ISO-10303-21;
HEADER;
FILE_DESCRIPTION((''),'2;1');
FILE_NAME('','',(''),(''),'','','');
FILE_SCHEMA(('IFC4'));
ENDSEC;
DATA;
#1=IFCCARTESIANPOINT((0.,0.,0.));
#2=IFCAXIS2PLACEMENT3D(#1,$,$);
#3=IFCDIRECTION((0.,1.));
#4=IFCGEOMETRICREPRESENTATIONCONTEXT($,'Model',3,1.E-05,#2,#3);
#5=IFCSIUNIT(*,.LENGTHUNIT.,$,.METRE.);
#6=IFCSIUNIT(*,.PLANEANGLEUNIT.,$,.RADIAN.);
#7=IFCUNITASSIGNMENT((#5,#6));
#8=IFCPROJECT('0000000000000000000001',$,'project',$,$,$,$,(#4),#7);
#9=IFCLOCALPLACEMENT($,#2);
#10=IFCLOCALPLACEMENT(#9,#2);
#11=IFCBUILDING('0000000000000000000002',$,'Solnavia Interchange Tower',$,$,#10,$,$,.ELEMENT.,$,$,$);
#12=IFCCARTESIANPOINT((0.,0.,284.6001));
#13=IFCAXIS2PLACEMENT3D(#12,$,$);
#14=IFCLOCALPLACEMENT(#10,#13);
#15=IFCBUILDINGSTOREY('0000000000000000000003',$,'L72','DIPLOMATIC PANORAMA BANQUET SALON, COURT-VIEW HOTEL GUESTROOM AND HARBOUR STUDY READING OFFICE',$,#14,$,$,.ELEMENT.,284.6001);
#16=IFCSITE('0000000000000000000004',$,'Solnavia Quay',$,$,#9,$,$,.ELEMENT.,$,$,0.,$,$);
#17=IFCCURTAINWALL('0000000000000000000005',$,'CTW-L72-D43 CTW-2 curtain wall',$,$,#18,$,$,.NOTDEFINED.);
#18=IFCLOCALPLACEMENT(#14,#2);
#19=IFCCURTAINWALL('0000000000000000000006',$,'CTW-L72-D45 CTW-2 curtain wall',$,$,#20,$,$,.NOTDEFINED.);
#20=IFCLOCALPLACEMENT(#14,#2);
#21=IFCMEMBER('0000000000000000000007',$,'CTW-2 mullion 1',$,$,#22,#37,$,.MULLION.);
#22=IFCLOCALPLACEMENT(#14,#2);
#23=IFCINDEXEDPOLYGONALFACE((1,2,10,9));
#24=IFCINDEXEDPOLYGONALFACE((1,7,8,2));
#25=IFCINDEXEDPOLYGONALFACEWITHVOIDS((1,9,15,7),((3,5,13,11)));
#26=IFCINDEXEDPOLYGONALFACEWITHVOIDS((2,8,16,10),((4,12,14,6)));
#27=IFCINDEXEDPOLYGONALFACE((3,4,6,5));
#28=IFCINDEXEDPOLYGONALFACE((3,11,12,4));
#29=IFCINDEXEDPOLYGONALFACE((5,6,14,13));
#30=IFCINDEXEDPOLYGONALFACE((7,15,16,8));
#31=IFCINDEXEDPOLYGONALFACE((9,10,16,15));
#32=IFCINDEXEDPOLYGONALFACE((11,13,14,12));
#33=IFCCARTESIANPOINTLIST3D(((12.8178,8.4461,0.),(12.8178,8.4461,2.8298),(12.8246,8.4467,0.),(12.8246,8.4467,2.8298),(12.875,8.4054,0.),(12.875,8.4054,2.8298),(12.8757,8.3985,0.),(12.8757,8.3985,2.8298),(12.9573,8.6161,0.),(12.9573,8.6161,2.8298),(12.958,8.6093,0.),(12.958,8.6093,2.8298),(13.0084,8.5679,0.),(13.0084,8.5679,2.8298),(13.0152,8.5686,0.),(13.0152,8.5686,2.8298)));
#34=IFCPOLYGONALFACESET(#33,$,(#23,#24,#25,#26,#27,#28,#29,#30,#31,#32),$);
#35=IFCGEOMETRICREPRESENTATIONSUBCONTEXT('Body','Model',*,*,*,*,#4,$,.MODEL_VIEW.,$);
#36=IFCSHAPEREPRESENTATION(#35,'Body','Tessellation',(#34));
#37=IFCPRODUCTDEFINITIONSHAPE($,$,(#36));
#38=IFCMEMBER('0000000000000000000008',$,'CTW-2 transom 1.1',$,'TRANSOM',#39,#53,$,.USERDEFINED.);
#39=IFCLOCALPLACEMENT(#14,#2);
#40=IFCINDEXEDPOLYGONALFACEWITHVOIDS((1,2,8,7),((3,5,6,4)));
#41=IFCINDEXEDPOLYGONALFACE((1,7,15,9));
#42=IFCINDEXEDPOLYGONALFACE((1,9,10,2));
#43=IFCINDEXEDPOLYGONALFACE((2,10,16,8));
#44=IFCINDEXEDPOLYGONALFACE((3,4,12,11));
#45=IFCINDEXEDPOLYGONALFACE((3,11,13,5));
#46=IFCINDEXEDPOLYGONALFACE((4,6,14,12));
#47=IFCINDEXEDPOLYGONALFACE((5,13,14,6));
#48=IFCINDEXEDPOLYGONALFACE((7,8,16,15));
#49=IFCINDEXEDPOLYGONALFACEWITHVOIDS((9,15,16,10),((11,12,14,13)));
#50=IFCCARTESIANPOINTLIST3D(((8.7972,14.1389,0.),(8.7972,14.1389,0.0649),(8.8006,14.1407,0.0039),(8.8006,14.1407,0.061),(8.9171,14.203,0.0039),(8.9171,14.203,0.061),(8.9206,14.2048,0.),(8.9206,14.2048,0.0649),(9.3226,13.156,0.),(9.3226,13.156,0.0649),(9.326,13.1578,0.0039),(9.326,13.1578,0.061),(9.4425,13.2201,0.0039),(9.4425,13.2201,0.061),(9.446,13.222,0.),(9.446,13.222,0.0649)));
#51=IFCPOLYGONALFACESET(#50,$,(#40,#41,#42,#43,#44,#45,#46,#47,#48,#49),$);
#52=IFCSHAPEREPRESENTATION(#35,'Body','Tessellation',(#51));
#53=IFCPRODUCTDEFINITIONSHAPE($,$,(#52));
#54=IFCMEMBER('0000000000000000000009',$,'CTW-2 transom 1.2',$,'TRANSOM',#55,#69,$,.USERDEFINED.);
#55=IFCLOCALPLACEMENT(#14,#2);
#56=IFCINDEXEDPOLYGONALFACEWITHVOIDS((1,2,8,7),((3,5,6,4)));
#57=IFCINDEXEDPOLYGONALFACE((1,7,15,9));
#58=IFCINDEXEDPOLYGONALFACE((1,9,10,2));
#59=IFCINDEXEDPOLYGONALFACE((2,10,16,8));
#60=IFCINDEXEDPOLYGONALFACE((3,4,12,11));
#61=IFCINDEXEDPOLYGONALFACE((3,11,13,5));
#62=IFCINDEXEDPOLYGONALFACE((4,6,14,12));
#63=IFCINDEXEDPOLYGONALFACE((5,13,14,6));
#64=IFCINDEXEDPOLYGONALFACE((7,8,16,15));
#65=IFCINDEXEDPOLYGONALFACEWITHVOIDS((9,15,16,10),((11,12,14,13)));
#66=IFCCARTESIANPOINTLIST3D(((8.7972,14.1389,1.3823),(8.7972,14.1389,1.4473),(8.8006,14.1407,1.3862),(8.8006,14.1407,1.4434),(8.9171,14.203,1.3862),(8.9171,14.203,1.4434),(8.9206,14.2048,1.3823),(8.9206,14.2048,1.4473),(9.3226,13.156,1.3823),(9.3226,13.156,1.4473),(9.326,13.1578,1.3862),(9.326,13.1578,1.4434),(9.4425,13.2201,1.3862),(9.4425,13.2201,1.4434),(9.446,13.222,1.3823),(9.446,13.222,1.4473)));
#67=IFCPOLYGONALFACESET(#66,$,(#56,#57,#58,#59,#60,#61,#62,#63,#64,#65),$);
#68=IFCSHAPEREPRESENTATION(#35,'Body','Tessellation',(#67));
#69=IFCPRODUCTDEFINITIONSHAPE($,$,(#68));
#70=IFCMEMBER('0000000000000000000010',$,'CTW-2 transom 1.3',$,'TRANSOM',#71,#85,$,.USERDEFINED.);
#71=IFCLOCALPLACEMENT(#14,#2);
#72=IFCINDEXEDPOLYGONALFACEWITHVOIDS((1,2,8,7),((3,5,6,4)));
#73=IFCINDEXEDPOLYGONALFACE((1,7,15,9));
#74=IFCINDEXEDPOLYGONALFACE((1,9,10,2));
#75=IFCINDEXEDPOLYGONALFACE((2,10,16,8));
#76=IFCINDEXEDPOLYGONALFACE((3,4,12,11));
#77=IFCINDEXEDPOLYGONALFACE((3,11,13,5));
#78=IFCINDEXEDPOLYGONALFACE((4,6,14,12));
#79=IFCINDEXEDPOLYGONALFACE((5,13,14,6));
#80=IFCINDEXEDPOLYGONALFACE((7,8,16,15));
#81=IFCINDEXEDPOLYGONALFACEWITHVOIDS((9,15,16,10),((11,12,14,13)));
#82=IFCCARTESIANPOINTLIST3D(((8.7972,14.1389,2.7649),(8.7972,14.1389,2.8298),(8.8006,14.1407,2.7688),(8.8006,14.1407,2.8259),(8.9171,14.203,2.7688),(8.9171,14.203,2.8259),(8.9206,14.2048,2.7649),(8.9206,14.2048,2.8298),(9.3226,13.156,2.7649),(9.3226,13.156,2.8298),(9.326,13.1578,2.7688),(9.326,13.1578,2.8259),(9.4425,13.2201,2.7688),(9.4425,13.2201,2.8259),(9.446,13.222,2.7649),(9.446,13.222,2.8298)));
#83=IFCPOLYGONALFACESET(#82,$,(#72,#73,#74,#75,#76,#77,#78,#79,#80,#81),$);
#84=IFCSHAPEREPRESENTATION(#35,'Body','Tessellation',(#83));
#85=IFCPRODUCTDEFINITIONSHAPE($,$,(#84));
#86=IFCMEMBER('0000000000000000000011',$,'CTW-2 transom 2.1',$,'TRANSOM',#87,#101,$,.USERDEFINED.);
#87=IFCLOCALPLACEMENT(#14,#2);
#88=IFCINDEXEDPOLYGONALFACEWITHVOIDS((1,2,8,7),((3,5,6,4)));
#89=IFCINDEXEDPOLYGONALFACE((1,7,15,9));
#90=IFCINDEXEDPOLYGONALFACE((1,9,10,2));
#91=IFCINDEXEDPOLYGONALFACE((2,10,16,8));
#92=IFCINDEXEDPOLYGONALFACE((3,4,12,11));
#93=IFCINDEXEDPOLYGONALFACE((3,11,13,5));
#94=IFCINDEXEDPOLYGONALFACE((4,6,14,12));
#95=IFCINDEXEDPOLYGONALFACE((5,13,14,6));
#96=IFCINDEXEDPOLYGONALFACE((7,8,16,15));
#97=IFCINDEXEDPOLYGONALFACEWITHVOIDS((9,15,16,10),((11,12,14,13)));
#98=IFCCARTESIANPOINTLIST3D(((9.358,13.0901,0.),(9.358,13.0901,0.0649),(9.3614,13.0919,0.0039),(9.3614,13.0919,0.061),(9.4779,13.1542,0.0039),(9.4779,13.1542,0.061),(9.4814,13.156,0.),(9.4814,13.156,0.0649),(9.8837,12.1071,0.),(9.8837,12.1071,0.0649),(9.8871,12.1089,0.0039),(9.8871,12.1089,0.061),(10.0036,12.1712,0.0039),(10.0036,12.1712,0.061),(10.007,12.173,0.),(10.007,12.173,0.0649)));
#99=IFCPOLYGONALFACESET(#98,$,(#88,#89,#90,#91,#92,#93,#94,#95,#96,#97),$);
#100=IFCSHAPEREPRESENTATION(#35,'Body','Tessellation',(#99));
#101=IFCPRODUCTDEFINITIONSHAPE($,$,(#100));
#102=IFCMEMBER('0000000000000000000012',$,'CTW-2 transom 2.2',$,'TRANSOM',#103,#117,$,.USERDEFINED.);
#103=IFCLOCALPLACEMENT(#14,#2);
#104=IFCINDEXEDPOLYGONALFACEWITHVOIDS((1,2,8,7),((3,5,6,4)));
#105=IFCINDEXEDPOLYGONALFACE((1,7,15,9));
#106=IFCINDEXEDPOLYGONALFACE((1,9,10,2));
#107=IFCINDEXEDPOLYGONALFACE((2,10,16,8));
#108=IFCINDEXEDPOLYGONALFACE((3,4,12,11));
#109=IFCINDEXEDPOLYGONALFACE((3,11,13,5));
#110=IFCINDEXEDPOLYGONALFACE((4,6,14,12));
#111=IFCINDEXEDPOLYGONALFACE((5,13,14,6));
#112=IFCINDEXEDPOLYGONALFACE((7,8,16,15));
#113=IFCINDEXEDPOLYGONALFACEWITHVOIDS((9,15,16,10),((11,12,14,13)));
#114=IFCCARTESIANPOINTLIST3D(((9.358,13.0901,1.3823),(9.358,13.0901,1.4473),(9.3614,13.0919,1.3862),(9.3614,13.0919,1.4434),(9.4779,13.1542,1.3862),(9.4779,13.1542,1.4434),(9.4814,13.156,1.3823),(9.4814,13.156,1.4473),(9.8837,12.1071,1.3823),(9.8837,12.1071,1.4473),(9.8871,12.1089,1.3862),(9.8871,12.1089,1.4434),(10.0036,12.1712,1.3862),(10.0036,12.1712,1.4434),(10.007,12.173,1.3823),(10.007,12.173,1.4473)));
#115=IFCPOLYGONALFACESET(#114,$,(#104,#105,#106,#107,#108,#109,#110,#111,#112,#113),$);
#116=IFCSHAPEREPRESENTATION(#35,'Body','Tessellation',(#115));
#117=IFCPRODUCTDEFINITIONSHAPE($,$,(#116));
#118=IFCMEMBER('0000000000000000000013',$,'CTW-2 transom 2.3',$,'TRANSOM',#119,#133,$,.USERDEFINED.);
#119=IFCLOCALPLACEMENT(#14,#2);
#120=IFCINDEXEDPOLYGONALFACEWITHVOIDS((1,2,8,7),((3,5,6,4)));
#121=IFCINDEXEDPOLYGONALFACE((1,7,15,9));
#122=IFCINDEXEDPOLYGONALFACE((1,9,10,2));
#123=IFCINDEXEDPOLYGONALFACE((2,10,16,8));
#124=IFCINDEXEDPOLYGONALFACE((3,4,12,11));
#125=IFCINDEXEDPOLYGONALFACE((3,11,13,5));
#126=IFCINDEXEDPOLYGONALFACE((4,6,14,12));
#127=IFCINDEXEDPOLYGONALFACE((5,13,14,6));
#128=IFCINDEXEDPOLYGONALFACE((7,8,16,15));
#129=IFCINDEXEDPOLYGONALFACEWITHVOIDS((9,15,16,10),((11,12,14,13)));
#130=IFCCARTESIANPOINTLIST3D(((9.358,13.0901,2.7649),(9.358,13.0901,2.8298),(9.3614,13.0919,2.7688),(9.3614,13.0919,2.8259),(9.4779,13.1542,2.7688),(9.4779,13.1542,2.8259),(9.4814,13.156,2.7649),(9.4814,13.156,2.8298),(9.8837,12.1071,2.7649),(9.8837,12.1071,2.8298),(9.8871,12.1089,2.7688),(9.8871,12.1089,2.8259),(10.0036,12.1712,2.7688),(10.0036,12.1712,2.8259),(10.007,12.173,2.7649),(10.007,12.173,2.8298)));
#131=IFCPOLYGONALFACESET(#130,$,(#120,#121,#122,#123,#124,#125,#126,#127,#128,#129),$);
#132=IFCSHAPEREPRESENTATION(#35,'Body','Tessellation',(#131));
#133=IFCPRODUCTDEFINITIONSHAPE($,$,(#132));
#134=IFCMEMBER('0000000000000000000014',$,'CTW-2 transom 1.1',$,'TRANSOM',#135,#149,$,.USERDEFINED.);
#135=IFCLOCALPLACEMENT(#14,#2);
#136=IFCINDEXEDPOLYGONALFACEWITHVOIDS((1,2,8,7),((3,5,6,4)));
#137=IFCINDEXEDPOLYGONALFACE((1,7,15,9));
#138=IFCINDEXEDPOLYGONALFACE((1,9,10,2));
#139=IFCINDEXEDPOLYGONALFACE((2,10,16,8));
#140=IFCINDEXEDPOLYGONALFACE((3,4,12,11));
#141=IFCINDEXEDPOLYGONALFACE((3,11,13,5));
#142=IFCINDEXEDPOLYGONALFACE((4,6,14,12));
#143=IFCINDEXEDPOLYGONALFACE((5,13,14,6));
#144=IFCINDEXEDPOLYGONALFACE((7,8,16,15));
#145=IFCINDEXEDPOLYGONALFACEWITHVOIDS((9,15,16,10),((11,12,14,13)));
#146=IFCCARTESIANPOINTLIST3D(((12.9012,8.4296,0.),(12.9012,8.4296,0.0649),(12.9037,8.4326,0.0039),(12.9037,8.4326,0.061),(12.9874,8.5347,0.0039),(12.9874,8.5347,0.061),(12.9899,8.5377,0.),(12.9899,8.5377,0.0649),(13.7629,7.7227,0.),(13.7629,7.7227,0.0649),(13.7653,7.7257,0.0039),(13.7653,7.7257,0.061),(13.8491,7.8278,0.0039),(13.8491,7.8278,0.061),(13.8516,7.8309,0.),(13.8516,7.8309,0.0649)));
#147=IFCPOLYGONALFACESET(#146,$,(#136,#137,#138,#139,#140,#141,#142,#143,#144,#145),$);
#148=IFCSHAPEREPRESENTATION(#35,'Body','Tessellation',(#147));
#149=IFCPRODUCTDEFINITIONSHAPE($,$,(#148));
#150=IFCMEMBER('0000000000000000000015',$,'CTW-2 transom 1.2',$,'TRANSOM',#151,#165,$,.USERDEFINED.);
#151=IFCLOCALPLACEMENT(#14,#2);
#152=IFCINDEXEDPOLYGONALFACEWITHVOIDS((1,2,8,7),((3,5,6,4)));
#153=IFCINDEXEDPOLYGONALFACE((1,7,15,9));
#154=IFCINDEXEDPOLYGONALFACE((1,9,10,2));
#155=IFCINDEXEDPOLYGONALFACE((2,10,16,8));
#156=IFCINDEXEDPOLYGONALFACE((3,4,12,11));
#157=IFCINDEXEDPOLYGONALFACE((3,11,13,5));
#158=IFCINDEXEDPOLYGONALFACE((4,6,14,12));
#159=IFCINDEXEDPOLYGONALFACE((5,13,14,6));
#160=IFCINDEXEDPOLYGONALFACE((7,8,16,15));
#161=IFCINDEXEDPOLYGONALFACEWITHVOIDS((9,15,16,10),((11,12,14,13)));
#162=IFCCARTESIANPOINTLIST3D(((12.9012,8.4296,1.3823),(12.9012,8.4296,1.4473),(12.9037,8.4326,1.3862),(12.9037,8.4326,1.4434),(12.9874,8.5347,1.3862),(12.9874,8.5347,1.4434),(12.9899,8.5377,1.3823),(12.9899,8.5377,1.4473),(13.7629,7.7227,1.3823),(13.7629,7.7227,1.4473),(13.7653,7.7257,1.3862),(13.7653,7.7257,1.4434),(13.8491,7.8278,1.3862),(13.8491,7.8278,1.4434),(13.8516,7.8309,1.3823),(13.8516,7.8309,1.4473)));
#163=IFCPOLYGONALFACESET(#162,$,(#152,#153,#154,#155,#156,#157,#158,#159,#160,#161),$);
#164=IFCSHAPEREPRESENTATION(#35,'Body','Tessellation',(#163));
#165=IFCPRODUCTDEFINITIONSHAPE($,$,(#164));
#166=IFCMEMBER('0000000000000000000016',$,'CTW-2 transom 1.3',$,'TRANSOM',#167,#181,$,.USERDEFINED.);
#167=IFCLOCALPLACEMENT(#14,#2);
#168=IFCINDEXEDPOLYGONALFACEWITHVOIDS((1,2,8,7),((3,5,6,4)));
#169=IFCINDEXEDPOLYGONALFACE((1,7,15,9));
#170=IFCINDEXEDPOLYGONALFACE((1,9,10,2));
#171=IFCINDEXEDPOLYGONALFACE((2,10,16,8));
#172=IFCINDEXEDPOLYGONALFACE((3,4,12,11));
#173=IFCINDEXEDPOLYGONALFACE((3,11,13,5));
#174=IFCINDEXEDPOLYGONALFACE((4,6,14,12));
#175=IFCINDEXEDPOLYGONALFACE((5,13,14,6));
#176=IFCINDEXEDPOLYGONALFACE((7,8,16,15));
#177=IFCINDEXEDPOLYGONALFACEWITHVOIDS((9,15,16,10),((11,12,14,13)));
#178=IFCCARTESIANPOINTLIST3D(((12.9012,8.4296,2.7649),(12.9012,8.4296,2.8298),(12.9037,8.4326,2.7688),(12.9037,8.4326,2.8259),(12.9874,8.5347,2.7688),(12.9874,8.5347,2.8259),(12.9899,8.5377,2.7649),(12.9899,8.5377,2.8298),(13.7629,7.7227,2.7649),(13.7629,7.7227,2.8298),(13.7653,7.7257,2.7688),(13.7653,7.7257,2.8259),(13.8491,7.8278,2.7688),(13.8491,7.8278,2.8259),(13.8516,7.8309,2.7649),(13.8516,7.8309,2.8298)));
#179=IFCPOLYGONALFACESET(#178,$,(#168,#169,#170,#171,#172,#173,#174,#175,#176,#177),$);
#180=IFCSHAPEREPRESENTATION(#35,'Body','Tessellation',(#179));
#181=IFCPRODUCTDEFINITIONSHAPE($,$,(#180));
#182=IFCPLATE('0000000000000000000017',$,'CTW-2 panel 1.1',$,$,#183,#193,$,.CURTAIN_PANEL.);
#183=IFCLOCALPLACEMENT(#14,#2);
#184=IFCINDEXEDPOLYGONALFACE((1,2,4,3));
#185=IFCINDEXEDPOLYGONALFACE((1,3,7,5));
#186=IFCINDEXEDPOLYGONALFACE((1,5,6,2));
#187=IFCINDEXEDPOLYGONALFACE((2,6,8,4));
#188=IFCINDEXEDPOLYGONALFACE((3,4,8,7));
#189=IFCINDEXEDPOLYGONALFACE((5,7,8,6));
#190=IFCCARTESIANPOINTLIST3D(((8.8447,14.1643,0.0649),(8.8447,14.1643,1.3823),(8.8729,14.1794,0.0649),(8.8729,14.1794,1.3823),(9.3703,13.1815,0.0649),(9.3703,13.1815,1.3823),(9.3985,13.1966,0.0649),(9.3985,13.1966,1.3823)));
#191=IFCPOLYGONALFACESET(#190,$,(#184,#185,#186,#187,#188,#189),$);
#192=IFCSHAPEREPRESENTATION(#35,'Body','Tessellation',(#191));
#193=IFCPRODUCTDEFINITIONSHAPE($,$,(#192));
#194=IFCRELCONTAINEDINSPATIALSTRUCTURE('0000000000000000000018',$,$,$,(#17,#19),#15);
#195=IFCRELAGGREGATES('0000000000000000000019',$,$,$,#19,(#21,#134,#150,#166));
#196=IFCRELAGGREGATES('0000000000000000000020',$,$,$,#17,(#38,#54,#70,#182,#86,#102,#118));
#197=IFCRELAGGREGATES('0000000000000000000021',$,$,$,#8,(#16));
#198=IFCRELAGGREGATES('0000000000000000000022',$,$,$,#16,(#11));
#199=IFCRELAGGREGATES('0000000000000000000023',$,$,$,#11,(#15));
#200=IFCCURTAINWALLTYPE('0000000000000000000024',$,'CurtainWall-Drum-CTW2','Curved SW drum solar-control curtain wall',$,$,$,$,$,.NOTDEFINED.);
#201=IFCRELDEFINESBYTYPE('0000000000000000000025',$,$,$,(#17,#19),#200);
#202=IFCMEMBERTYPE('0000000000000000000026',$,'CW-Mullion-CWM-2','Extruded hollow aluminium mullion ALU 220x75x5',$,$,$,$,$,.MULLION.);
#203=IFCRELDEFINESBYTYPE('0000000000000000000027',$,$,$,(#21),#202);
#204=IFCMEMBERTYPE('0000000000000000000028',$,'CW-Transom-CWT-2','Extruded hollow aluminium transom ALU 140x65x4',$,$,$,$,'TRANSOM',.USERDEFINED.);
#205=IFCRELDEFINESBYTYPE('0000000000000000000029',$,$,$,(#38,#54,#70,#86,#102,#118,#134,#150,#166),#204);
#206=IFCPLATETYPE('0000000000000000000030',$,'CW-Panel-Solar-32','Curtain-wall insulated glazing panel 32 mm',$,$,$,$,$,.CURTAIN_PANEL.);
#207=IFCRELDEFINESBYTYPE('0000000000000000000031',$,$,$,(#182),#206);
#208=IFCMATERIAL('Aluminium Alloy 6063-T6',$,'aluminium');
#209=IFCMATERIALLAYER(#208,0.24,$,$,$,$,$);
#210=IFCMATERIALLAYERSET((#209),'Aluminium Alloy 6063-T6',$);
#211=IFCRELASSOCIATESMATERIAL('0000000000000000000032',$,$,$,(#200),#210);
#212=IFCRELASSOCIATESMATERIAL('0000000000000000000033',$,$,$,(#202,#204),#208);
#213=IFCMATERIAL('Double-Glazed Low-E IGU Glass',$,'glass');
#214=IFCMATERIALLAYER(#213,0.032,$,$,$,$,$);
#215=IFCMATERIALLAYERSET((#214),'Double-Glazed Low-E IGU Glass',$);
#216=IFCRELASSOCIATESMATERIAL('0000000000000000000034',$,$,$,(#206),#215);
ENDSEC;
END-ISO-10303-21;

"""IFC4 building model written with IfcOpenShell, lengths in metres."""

from ifc_helpers import new_model, si_unit, direction, frame, origin, origin_2d, place, context, subcontext, project, spatial, rectangle, hollow_rectangle, extrude, material, layer, layer_set, material_profile, profile_set, type_object, element, aggregate, save


model = new_model("IFC4")

# Units and contexts
model_context = context("Model", 3, precision=1e-05, world=origin(), true_north=direction((0.0, 1.0)))
body_context = subcontext(model_context, "Body", "Model", "MODEL_VIEW")
ifc_project = project(units=[si_unit("LENGTHUNIT", "METRE"), si_unit("PLANEANGLEUNIT", "RADIAN")], contexts=[model_context])

# Site, building, storey
site_placement = place(None, origin())
site = spatial("IfcSite", under=ifc_project, at=site_placement, Name="Solnavia Quay", CompositionType="ELEMENT", RefElevation=0.0)
building_placement = place(site_placement, origin())
building = spatial("IfcBuilding", under=site, at=building_placement, Name="Solnavia Interchange Tower", CompositionType="ELEMENT")
storey_placement = place(building_placement, frame((0.0, 0.0, 284.6001)))
storey = spatial("IfcBuildingStorey", under=building, at=storey_placement, Name="L72", Description="DIPLOMATIC PANORAMA BANQUET SALON, COURT-VIEW HOTEL GUESTROOM AND HARBOUR STUDY READING OFFICE", CompositionType="ELEMENT", Elevation=284.6001)

# Curtain wall
ifc_material_1 = material(Name="Aluminium Alloy 6063-T6", Category="aluminium")
ifc_layer_1 = layer(ifc_material_1, 0.24)
ifc_layer_set_1 = layer_set([ifc_layer_1], Name="Aluminium Alloy 6063-T6")
curtain_wall_type = type_object("IfcCurtainWallType", Name="CurtainWall-Drum-CTW2", Description="Curved SW drum solar-control curtain wall", PredefinedType="NOTDEFINED", material=ifc_layer_set_1)
curtain_wall_1_placement = place(storey_placement, origin())
curtain_wall_1 = element("IfcCurtainWall", 1, at=curtain_wall_1_placement, inside=storey, type_object=curtain_wall_type, Name="CTW-L72-D43 CTW-2 curtain wall", PredefinedType="NOTDEFINED")
ifc_material_profile_1 = material_profile(ifc_material_1, hollow_rectangle(XDim=0.075, YDim=0.22, WallThickness=0.0049, at=origin_2d()), Name="ALU 220x75x5")
ifc_profile_set_1 = profile_set([ifc_material_profile_1], Name="Aluminium Alloy 6063-T6")
member_type_1 = type_object("IfcMemberType", Name="CW-Mullion-CWM-2", Description="Extruded hollow aluminium mullion ALU 220x75x5", PredefinedType="MULLION", material=ifc_profile_set_1)

# Curtain wall, member
curtain_wall_2_placement = place(storey_placement, origin())
curtain_wall_2 = element("IfcCurtainWall", 2, at=curtain_wall_2_placement, inside=storey, type_object=curtain_wall_type, Name="CTW-L72-D45 CTW-2 curtain wall", PredefinedType="NOTDEFINED")
member_1_placement = place(storey_placement, frame((12.9165, 8.5073, 0.0), z_axis=(0.0, 0.0, 1.0), x_axis=(0.773103, -0.63428, 0.0)))
member_1 = element("IfcMember", 3, at=member_1_placement, type_object=member_type_1, Name="CTW-2 mullion 1", PredefinedType="MULLION", context=body_context, shape_type="SweptSolid", body=[
    extrude(hollow_rectangle(XDim=0.075, YDim=0.22, WallThickness=0.0049, at=origin_2d()), origin(), (0.0, 0.0, 1.0), 2.8298),
])

# Members
ifc_material_profile_2 = material_profile(ifc_material_1, hollow_rectangle(XDim=0.0649, YDim=0.1399, WallThickness=0.0039, at=origin_2d()), Name="ALU 140x65x4")
ifc_profile_set_2 = profile_set([ifc_material_profile_2], Name="Aluminium Alloy 6063-T6")
member_type_2 = type_object("IfcMemberType", Name="CW-Transom-CWT-2", Description="Extruded hollow aluminium transom ALU 140x65x4", ElementType="TRANSOM", PredefinedType="USERDEFINED", material=ifc_profile_set_2)
member_2_placement = place(storey_placement, frame((8.8589, 14.1719, 0.0325), z_axis=(0.471407, -0.881916, 0.0), x_axis=(0.0, 0.0, 1.0)))
member_2 = element("IfcMember", 4, at=member_2_placement, type_object=member_type_2, Name="CTW-2 transom 1.1", ObjectType="TRANSOM", PredefinedType="USERDEFINED", context=body_context, shape_type="SweptSolid", body=[
    extrude(hollow_rectangle(XDim=0.0649, YDim=0.1399, WallThickness=0.0039, at=origin_2d()), origin(), (0.0, 0.0, 1.0), 1.1145),
])
member_3_placement = place(storey_placement, frame((8.8589, 14.1719, 1.4148), z_axis=(0.471407, -0.881916, 0.0), x_axis=(0.0, 0.0, 1.0)))
member_3 = element("IfcMember", 5, at=member_3_placement, type_object=member_type_2, Name="CTW-2 transom 1.2", ObjectType="TRANSOM", PredefinedType="USERDEFINED", context=body_context, shape_type="SweptSolid", body=[
    extrude(hollow_rectangle(XDim=0.0649, YDim=0.1399, WallThickness=0.0039, at=origin_2d()), origin(), (0.0, 0.0, 1.0), 1.1145),
])
member_4_placement = place(storey_placement, frame((8.8589, 14.1719, 2.7974), z_axis=(0.471407, -0.881916, 0.0), x_axis=(0.0, 0.0, 1.0)))
member_4 = element("IfcMember", 6, at=member_4_placement, type_object=member_type_2, Name="CTW-2 transom 1.3", ObjectType="TRANSOM", PredefinedType="USERDEFINED", context=body_context, shape_type="SweptSolid", body=[
    extrude(hollow_rectangle(XDim=0.0649, YDim=0.1399, WallThickness=0.0039, at=origin_2d()), origin(), (0.0, 0.0, 1.0), 1.1145),
])
member_5_placement = place(storey_placement, frame((9.4197, 13.123, 0.0325), z_axis=(0.471577, -0.881825, 0.0), x_axis=(0.0, 0.0, 1.0)))
member_5 = element("IfcMember", 7, at=member_5_placement, type_object=member_type_2, Name="CTW-2 transom 2.1", ObjectType="TRANSOM", PredefinedType="USERDEFINED", context=body_context, shape_type="SweptSolid", body=[
    extrude(hollow_rectangle(XDim=0.0649, YDim=0.1399, WallThickness=0.0039, at=origin_2d()), origin(), (0.0, 0.0, 1.0), 1.1147),
])
member_6_placement = place(storey_placement, frame((9.4197, 13.123, 1.4148), z_axis=(0.471577, -0.881825, 0.0), x_axis=(0.0, 0.0, 1.0)))
member_6 = element("IfcMember", 8, at=member_6_placement, type_object=member_type_2, Name="CTW-2 transom 2.2", ObjectType="TRANSOM", PredefinedType="USERDEFINED", context=body_context, shape_type="SweptSolid", body=[
    extrude(hollow_rectangle(XDim=0.0649, YDim=0.1399, WallThickness=0.0039, at=origin_2d()), origin(), (0.0, 0.0, 1.0), 1.1147),
])
member_7_placement = place(storey_placement, frame((9.4197, 13.123, 2.7974), z_axis=(0.471577, -0.881825, 0.0), x_axis=(0.0, 0.0, 1.0)))
member_7 = element("IfcMember", 9, at=member_7_placement, type_object=member_type_2, Name="CTW-2 transom 2.3", ObjectType="TRANSOM", PredefinedType="USERDEFINED", context=body_context, shape_type="SweptSolid", body=[
    extrude(hollow_rectangle(XDim=0.0649, YDim=0.1399, WallThickness=0.0039, at=origin_2d()), origin(), (0.0, 0.0, 1.0), 1.1147),
])
member_8_placement = place(storey_placement, frame((12.9456, 8.4836, 0.0325), z_axis=(0.773137, -0.634239, 0.0), x_axis=(0.0, 0.0, 1.0)))
member_8 = element("IfcMember", 10, at=member_8_placement, type_object=member_type_2, Name="CTW-2 transom 1.1", ObjectType="TRANSOM", PredefinedType="USERDEFINED", context=body_context, shape_type="SweptSolid", body=[
    extrude(hollow_rectangle(XDim=0.0649, YDim=0.1399, WallThickness=0.0039, at=origin_2d()), origin(), (0.0, 0.0, 1.0), 1.1145),
])
member_9_placement = place(storey_placement, frame((12.9456, 8.4836, 1.4148), z_axis=(0.773137, -0.634239, 0.0), x_axis=(0.0, 0.0, 1.0)))
member_9 = element("IfcMember", 11, at=member_9_placement, type_object=member_type_2, Name="CTW-2 transom 1.2", ObjectType="TRANSOM", PredefinedType="USERDEFINED", context=body_context, shape_type="SweptSolid", body=[
    extrude(hollow_rectangle(XDim=0.0649, YDim=0.1399, WallThickness=0.0039, at=origin_2d()), origin(), (0.0, 0.0, 1.0), 1.1145),
])
member_10_placement = place(storey_placement, frame((12.9456, 8.4836, 2.7974), z_axis=(0.773137, -0.634239, 0.0), x_axis=(0.0, 0.0, 1.0)))
member_10 = element("IfcMember", 12, at=member_10_placement, type_object=member_type_2, Name="CTW-2 transom 1.3", ObjectType="TRANSOM", PredefinedType="USERDEFINED", context=body_context, shape_type="SweptSolid", body=[
    extrude(hollow_rectangle(XDim=0.0649, YDim=0.1399, WallThickness=0.0039, at=origin_2d()), origin(), (0.0, 0.0, 1.0), 1.1145),
])
aggregate(curtain_wall_2, [member_1, member_8, member_9, member_10])

# Plate
ifc_material_2 = material(Name="Double-Glazed Low-E IGU Glass", Category="glass")
ifc_layer_2 = layer(ifc_material_2, 0.032)
ifc_layer_set_2 = layer_set([ifc_layer_2], Name="Double-Glazed Low-E IGU Glass")
plate_type = type_object("IfcPlateType", Name="CW-Panel-Solar-32", Description="Curtain-wall insulated glazing panel 32 mm", PredefinedType="CURTAIN_PANEL", material=ifc_layer_set_2)
plate_1_placement = place(storey_placement, frame((9.1216, 13.6804, 0.0649), z_axis=(0.0, 0.0, 1.0), x_axis=(0.471561, -0.881834, 0.0)))
plate_1 = element("IfcPlate", 13, at=plate_1_placement, type_object=plate_type, Name="CTW-2 panel 1.1", PredefinedType="CURTAIN_PANEL", context=body_context, shape_type="SweptSolid", body=[
    extrude(rectangle(XDim=1.1145, YDim=0.032, at=origin_2d()), origin(), (0.0, 0.0, 1.0), 1.3174),
])
aggregate(curtain_wall_1, [member_2, member_3, member_4, plate_1, member_5, member_6, member_7])

save(model, "model.ifc")
